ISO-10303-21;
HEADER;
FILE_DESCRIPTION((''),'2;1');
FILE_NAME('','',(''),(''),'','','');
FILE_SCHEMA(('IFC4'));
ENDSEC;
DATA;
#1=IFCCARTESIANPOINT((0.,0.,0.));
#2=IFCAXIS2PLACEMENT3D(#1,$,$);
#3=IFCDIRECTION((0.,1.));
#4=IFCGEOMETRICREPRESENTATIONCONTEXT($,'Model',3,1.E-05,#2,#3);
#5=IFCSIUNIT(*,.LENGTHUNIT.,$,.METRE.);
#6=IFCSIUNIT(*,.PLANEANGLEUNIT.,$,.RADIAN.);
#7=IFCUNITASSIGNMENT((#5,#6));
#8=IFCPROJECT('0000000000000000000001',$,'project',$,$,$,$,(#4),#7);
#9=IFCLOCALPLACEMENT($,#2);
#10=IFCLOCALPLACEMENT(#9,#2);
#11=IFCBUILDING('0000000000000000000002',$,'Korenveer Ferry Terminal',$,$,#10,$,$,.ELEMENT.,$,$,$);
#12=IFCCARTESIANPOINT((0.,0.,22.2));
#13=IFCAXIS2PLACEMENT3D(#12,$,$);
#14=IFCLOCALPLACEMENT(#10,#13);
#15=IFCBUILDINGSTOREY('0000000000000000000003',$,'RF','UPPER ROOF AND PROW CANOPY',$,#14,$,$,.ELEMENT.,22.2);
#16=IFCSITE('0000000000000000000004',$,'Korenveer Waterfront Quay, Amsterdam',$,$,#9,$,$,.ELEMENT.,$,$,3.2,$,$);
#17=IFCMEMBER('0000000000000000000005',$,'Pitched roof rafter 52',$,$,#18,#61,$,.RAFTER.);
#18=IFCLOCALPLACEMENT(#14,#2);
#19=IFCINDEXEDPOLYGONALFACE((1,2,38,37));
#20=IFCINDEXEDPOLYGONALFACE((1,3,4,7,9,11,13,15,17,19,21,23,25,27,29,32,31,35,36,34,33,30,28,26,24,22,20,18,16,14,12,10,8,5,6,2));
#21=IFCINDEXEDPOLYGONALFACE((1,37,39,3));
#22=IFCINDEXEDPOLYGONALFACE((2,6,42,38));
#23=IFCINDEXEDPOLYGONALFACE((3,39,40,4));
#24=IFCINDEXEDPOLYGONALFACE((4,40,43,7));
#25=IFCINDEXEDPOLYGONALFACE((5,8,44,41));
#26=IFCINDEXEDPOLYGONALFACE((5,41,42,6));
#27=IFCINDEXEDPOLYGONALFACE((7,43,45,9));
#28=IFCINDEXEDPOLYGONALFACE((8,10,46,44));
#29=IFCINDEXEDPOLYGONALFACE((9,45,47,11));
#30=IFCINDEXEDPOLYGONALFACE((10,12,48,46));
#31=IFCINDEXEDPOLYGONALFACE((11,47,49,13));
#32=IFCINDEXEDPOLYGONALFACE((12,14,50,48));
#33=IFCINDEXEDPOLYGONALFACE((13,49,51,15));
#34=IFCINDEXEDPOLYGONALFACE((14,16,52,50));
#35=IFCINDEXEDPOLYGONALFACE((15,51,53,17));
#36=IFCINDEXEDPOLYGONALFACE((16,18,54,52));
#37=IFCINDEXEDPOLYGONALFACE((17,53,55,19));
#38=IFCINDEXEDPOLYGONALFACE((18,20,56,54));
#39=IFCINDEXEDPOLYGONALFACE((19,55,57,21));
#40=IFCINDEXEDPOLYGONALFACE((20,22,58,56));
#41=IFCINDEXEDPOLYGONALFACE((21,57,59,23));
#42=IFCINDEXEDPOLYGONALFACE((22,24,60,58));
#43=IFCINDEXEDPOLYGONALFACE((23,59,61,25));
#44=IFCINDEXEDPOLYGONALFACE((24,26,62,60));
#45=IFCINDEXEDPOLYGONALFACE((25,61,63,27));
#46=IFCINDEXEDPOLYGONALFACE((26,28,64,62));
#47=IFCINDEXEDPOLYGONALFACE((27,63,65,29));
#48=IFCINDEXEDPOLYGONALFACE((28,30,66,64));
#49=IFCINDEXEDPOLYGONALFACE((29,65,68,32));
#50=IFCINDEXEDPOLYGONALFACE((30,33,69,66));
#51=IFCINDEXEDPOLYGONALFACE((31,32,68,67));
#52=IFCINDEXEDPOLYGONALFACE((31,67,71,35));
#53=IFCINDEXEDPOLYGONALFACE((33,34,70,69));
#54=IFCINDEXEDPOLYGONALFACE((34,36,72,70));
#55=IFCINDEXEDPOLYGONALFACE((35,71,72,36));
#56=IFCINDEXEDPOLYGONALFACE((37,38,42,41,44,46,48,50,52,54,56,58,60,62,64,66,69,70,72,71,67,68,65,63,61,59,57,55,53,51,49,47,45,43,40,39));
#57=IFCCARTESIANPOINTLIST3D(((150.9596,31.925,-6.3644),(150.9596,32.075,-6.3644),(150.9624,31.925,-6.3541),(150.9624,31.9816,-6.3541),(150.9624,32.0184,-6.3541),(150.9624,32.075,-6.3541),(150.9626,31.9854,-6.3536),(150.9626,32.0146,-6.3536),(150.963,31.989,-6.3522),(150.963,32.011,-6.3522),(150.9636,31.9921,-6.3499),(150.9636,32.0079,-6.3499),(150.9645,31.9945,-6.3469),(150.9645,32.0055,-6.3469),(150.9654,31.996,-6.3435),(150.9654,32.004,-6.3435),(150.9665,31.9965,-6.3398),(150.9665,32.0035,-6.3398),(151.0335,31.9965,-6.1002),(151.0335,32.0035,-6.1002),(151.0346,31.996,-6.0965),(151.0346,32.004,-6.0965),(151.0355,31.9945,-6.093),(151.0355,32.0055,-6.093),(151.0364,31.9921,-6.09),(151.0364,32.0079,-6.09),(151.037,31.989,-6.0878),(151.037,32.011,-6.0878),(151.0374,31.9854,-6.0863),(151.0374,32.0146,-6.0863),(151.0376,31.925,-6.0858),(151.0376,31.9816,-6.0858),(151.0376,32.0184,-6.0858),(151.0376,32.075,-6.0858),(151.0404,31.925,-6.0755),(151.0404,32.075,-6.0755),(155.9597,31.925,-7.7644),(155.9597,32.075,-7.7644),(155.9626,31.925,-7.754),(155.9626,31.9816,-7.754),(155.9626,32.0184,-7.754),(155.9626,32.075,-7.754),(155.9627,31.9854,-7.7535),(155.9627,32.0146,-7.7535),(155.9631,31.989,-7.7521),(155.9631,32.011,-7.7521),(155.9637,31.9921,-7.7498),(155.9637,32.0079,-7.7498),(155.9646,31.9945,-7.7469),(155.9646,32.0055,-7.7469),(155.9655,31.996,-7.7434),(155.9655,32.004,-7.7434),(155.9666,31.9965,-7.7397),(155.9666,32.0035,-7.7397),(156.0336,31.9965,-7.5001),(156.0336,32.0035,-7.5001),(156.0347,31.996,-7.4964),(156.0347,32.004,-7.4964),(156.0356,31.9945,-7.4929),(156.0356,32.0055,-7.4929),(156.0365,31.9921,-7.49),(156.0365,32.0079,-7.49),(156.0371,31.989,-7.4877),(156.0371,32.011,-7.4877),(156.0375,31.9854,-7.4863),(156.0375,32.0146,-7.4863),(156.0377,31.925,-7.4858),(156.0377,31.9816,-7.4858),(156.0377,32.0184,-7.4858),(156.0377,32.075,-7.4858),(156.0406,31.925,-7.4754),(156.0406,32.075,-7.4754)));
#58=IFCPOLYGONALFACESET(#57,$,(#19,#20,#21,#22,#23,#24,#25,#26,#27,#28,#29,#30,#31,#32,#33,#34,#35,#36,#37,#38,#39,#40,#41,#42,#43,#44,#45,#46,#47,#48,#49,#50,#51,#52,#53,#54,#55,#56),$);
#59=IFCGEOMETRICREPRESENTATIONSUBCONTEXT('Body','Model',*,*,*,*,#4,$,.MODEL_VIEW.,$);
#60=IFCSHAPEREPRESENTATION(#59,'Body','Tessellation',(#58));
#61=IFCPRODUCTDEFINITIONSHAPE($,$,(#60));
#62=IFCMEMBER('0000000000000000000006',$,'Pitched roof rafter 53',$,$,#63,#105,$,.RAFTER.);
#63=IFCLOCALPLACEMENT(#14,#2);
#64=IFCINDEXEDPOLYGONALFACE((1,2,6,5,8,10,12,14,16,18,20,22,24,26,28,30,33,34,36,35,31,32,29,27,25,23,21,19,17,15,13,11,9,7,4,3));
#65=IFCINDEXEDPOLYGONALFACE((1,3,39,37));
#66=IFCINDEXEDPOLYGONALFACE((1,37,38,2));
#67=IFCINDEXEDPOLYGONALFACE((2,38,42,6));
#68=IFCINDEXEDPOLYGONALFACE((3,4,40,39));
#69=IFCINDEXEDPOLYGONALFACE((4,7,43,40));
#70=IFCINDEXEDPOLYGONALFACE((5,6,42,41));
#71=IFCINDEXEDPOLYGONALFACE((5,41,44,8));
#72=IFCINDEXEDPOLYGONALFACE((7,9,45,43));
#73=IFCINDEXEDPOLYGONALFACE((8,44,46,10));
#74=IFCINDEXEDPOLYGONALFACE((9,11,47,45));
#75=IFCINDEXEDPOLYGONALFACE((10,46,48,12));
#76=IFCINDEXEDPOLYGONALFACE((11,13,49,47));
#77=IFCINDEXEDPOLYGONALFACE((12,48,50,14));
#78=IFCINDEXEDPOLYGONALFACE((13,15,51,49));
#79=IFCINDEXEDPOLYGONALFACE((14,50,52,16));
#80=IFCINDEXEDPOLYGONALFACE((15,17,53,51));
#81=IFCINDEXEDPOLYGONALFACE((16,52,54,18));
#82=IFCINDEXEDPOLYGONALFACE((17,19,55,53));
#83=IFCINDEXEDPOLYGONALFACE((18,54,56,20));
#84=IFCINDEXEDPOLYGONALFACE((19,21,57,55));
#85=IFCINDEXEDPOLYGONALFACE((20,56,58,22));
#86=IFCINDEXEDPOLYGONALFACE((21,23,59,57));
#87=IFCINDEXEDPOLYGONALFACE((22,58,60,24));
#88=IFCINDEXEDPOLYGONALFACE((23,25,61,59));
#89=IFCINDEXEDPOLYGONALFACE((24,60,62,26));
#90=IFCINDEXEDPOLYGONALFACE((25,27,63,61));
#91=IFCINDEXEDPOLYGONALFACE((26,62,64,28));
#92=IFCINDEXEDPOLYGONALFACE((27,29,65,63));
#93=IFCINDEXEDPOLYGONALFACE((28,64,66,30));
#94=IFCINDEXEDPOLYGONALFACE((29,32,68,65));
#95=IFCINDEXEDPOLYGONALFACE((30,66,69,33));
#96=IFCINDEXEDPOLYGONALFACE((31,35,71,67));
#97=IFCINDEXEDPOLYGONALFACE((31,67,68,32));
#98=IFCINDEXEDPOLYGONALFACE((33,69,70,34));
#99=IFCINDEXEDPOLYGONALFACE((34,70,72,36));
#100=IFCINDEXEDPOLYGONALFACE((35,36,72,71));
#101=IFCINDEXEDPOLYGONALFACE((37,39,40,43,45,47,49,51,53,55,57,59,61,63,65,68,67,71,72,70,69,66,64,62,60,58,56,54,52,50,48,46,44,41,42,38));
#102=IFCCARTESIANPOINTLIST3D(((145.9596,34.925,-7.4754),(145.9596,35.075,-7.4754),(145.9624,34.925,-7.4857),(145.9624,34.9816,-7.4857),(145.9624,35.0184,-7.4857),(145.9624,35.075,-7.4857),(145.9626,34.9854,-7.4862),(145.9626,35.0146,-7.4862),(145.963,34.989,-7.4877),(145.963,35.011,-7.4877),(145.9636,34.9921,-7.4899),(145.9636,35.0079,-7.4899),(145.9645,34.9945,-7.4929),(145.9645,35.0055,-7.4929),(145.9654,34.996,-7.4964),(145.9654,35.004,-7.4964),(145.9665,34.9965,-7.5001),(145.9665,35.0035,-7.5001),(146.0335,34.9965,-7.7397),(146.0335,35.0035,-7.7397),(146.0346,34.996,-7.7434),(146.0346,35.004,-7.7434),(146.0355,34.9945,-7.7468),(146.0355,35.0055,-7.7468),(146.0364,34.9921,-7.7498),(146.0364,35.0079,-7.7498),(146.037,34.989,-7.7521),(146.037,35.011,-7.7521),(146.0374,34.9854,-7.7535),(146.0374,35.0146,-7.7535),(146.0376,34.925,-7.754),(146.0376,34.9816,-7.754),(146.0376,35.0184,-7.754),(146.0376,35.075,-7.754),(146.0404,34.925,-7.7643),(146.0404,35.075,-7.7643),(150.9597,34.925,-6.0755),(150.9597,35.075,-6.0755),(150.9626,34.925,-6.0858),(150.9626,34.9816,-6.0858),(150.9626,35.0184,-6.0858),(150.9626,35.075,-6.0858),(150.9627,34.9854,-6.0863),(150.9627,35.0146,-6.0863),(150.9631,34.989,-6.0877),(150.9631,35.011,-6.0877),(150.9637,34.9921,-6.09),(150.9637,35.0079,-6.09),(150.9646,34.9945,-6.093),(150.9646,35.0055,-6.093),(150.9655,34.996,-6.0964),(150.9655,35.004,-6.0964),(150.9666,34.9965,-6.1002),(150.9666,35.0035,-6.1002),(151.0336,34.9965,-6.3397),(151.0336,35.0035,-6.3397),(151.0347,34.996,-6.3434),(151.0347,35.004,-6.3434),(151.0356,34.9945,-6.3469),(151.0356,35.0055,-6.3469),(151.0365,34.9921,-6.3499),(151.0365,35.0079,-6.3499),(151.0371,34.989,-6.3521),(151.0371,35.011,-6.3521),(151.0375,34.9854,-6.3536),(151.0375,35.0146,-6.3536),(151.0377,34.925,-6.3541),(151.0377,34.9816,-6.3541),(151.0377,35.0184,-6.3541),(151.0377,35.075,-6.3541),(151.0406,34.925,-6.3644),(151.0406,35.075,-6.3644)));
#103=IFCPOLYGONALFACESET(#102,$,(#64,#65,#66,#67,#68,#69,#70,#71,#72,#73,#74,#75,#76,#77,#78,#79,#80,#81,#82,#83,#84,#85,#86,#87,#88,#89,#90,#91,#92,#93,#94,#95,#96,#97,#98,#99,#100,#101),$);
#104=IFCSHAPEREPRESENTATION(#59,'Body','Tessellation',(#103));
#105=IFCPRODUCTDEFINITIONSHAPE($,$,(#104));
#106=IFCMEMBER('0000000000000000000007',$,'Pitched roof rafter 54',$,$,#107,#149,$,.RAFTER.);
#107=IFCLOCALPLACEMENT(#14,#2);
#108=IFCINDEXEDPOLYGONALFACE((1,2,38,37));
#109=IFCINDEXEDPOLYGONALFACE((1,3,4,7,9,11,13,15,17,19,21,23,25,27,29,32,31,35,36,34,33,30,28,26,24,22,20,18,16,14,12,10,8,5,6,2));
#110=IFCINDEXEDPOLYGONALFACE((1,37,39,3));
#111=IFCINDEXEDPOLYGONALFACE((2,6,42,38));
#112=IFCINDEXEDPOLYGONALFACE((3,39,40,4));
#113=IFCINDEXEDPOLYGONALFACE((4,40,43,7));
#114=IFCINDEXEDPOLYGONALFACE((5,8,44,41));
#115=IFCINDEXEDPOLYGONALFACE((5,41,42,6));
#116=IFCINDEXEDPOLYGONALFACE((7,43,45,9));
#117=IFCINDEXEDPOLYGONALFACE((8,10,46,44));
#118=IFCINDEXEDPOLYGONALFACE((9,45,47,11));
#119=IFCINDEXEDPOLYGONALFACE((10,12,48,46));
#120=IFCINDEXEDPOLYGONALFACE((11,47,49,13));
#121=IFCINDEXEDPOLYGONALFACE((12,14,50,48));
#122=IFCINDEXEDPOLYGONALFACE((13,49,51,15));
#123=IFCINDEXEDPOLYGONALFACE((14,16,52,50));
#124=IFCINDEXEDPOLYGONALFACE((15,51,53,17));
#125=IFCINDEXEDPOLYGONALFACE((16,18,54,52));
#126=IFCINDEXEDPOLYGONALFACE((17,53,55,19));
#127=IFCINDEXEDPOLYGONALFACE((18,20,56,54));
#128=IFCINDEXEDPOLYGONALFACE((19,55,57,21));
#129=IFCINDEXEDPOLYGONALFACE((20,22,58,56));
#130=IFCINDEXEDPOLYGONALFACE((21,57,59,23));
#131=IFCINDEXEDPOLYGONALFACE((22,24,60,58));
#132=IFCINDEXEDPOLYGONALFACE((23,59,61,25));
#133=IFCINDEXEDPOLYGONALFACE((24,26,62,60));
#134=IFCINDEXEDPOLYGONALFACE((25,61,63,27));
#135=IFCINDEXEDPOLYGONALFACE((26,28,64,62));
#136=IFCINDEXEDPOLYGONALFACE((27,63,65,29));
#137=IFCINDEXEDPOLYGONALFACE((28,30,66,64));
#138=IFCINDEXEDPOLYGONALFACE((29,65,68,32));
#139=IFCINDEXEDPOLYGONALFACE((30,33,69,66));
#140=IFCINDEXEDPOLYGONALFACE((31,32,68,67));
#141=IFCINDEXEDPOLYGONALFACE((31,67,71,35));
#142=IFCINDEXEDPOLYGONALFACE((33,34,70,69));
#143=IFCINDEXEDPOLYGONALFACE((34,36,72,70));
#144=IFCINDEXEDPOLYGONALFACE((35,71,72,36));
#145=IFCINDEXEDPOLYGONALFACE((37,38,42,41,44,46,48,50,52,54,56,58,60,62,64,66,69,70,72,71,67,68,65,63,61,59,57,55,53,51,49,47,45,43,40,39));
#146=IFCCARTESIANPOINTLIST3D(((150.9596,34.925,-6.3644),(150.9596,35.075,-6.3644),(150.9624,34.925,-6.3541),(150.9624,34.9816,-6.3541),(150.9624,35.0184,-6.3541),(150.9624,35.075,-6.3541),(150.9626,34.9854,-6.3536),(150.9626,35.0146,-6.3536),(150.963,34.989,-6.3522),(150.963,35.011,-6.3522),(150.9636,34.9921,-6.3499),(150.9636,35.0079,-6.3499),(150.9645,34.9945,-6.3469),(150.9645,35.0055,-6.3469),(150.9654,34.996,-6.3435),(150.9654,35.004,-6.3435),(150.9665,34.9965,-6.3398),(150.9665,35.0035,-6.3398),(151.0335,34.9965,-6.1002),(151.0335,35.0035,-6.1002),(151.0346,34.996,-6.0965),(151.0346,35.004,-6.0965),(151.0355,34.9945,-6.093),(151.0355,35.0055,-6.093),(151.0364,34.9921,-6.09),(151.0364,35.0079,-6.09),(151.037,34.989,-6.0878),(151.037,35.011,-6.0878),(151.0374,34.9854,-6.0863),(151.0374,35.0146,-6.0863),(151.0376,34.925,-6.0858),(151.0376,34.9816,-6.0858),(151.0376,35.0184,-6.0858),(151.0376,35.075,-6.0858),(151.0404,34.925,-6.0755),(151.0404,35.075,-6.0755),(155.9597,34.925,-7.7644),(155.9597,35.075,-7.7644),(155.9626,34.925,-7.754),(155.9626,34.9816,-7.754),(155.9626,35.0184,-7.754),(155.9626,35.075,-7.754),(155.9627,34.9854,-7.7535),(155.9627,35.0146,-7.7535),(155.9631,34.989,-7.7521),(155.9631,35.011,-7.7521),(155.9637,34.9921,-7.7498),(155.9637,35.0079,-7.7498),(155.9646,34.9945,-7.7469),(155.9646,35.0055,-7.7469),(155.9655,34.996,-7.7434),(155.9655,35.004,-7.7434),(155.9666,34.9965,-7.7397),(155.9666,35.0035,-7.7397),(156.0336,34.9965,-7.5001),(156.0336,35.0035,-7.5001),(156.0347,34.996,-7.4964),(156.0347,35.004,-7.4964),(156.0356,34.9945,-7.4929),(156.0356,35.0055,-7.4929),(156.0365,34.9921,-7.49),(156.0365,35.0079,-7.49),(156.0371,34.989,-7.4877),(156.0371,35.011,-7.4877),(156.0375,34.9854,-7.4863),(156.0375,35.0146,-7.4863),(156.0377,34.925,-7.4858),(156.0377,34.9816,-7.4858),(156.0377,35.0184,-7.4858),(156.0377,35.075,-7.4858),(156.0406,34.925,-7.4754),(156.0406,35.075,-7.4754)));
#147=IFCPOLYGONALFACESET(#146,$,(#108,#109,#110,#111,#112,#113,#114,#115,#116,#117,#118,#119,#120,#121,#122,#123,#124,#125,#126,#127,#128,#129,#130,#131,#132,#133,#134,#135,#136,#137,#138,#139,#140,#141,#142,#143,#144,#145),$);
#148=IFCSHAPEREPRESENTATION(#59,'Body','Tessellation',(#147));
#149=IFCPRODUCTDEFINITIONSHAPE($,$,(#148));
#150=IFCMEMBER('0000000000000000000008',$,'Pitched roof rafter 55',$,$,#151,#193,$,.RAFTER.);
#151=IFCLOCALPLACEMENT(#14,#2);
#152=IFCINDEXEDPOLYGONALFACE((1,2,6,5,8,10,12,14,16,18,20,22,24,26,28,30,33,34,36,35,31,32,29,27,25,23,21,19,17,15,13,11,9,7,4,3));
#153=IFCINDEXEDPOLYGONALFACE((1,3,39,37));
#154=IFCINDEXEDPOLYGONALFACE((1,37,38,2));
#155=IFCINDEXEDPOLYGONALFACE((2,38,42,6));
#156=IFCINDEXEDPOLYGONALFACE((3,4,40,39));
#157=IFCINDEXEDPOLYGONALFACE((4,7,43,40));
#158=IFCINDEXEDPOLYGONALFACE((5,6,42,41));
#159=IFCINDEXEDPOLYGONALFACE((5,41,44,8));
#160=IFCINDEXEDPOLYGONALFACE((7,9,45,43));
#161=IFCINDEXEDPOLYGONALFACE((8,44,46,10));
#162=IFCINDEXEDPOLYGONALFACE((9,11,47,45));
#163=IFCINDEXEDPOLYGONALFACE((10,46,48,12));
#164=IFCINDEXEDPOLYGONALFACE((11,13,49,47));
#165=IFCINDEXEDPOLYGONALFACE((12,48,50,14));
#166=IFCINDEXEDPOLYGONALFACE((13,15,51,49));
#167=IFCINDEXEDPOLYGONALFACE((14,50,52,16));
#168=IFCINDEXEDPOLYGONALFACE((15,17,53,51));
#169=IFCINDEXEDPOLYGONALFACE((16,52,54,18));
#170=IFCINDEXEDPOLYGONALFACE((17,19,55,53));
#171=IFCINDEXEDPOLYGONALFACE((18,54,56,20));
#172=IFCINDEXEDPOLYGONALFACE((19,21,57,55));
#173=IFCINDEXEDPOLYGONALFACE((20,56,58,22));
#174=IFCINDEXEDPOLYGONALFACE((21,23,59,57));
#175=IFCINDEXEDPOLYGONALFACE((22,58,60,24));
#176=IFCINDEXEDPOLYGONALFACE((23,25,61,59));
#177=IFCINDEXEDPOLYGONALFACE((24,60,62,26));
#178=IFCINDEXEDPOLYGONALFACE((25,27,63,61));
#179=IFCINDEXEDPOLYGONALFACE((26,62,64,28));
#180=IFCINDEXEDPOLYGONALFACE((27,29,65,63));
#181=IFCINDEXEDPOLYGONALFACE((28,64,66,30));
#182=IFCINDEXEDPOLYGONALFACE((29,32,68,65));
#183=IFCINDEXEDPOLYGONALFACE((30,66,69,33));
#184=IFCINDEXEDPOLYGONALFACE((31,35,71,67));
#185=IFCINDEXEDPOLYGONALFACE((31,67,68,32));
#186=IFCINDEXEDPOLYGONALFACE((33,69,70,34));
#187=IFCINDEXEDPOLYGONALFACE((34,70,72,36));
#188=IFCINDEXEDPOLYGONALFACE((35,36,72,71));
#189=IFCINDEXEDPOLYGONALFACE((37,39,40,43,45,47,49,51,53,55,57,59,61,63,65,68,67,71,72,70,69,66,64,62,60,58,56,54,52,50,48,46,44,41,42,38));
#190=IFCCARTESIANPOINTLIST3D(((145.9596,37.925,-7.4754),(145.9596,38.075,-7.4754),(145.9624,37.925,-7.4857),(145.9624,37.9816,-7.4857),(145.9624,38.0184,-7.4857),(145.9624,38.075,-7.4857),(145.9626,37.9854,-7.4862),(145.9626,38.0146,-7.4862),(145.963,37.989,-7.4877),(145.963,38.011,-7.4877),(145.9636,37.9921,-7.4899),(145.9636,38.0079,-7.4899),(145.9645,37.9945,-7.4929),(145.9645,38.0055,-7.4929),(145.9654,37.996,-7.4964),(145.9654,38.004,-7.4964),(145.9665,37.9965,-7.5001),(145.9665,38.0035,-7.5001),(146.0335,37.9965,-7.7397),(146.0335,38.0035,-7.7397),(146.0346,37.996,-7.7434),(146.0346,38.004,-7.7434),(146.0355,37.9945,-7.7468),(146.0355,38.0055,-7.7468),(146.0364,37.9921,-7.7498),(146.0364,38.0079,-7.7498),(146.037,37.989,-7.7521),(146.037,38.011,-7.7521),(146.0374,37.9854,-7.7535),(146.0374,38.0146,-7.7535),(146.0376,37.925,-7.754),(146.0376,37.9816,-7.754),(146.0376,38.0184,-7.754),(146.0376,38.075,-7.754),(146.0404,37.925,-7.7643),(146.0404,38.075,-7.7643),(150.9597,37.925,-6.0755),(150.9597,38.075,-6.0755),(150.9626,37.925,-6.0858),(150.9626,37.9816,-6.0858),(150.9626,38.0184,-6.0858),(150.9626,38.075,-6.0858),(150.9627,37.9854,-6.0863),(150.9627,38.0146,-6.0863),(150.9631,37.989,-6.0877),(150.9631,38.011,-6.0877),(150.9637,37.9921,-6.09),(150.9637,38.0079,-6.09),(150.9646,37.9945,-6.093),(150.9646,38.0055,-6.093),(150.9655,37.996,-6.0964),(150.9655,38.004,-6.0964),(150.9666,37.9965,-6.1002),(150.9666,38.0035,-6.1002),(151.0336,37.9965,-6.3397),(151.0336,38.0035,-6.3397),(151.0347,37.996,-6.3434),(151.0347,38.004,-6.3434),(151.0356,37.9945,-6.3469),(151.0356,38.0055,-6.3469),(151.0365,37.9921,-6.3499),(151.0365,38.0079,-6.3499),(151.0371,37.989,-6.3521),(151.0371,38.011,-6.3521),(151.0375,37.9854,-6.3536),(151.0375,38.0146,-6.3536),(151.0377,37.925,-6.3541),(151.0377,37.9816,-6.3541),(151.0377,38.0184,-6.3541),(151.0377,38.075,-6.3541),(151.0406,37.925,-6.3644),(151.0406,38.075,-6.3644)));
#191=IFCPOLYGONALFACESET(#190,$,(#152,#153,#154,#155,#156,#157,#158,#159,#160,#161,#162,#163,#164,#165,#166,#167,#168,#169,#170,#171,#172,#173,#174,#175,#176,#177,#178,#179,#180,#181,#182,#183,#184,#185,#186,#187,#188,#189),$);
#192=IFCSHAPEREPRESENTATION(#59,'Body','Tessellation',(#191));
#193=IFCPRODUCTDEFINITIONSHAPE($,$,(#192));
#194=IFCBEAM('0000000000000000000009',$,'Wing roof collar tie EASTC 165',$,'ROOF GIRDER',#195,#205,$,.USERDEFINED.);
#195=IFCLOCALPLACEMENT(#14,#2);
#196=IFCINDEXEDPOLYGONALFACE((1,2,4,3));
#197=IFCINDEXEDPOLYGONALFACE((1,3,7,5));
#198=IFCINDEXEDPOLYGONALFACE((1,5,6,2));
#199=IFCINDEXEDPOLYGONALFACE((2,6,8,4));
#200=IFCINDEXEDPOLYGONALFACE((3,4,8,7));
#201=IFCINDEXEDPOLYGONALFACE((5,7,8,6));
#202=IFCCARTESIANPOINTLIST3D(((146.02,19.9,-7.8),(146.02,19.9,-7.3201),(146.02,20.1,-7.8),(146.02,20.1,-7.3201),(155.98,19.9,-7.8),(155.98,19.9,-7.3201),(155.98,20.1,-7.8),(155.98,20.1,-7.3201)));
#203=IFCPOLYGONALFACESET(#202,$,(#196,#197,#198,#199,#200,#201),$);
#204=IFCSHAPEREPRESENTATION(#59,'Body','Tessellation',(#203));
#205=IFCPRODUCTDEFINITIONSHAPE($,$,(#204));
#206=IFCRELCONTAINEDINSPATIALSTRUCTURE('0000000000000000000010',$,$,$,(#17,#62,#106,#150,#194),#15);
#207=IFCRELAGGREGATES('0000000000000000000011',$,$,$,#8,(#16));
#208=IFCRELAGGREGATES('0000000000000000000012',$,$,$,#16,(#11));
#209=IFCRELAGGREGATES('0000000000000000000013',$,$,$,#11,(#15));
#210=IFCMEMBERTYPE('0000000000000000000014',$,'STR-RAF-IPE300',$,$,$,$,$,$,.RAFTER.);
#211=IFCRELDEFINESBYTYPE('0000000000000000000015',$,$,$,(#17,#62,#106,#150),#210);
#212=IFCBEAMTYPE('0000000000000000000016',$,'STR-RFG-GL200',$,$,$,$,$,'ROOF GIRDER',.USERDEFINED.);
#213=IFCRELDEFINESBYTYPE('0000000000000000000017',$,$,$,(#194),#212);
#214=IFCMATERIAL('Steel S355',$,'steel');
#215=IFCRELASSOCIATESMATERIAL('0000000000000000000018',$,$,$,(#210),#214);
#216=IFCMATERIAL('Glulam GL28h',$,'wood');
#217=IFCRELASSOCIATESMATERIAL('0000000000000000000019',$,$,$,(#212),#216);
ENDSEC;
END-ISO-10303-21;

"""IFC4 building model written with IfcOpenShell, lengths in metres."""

from ifc_helpers import new_model, si_unit, direction, frame, origin, origin_2d, place, context, subcontext, project, spatial, rectangle, i_section, extrude, material, material_profile, profile_set, type_object, element, save


model = new_model("IFC4")

# Units and contexts
model_context = context("Model", 3, precision=1e-05, world=origin(), true_north=direction((0.0, 1.0)))
body_context = subcontext(model_context, "Body", "Model", "MODEL_VIEW")
ifc_project = project(units=[si_unit("LENGTHUNIT", "METRE"), si_unit("PLANEANGLEUNIT", "RADIAN")], contexts=[model_context])

# Site, building, storey
site_placement = place(None, origin())
site = spatial("IfcSite", under=ifc_project, at=site_placement, Name="Korenveer Waterfront Quay, Amsterdam", CompositionType="ELEMENT", RefElevation=3.2)
building_placement = place(site_placement, origin())
building = spatial("IfcBuilding", under=site, at=building_placement, Name="Korenveer Ferry Terminal", CompositionType="ELEMENT")
storey_placement = place(building_placement, frame((0.0, 0.0, 22.2)))
storey = spatial("IfcBuildingStorey", under=building, at=storey_placement, Name="RF", Description="UPPER ROOF AND PROW CANOPY", CompositionType="ELEMENT", Elevation=22.2)

# Members
ifc_material_1 = material(Name="Steel S355", Category="steel")
ifc_material_profile_1 = material_profile(ifc_material_1, i_section(OverallWidth=0.1499, OverallDepth=0.3, WebThickness=0.0071, FlangeThickness=0.0107, FilletRadius=0.0149, at=origin_2d()), Name="IPE 300")
ifc_profile_set_1 = profile_set([ifc_material_profile_1], Name="Steel S355")
member_type_1 = type_object("IfcMemberType", Name="STR-RAF-IPE300", PredefinedType="RAFTER", material=ifc_profile_set_1)
for number, where, z_axis, x_axis, name in (
    (1, (151.0, 32.0, -6.22), (0.962969, 0.0, -0.269612), (0.0, 1.0, 0.0), "Pitched roof rafter 52"),
    (2, (146.0, 35.0, -7.6199), (0.962969, 0.0, 0.269612), (0.0, 1.0, 0.0), "Pitched roof rafter 53"),
    (3, (151.0, 35.0, -6.22), (0.962969, 0.0, -0.269612), (0.0, 1.0, 0.0), "Pitched roof rafter 54"),
    (4, (146.0, 38.0, -7.6199), (0.962969, 0.0, 0.269612), (0.0, 1.0, 0.0), "Pitched roof rafter 55"),
):
    element("IfcMember", number, at=place(storey_placement, frame(where, z_axis=z_axis, x_axis=x_axis)), inside=storey, type_object=member_type_1, Name=name, PredefinedType="RAFTER", context=body_context, shape_type="SweptSolid", body=[
        extrude(i_section(OverallWidth=0.1499, OverallDepth=0.3, WebThickness=0.0071, FlangeThickness=0.0107, FilletRadius=0.0149, at=origin_2d()), origin(), (0.0, 0.0, 1.0), 5.1924),
    ])

# Beam
ifc_material_2 = material(Name="Glulam GL28h", Category="wood")
ifc_material_profile_2 = material_profile(ifc_material_2, rectangle(XDim=0.2, YDim=0.48, at=origin_2d()), Name="GL 200x480")
ifc_profile_set_2 = profile_set([ifc_material_profile_2], Name="Glulam GL28h")
beam_type_1 = type_object("IfcBeamType", Name="STR-RFG-GL200", ElementType="ROOF GIRDER", PredefinedType="USERDEFINED", material=ifc_profile_set_2)
for number, where, z_axis, x_axis, name in (
    (5, (146.02, 20.0, -7.5601), (1.0, 0.0, 0.0), (0.0, 1.0, 0.0), "Wing roof collar tie EASTC 165"),
):
    element("IfcBeam", number, at=place(storey_placement, frame(where, z_axis=z_axis, x_axis=x_axis)), inside=storey, type_object=beam_type_1, Name=name, ObjectType="ROOF GIRDER", PredefinedType="USERDEFINED", context=body_context, shape_type="SweptSolid", body=[
        extrude(rectangle(XDim=0.2, YDim=0.48, at=origin_2d()), origin(), (0.0, 0.0, 1.0), 9.96),
    ])

save(model, "model.ifc")
